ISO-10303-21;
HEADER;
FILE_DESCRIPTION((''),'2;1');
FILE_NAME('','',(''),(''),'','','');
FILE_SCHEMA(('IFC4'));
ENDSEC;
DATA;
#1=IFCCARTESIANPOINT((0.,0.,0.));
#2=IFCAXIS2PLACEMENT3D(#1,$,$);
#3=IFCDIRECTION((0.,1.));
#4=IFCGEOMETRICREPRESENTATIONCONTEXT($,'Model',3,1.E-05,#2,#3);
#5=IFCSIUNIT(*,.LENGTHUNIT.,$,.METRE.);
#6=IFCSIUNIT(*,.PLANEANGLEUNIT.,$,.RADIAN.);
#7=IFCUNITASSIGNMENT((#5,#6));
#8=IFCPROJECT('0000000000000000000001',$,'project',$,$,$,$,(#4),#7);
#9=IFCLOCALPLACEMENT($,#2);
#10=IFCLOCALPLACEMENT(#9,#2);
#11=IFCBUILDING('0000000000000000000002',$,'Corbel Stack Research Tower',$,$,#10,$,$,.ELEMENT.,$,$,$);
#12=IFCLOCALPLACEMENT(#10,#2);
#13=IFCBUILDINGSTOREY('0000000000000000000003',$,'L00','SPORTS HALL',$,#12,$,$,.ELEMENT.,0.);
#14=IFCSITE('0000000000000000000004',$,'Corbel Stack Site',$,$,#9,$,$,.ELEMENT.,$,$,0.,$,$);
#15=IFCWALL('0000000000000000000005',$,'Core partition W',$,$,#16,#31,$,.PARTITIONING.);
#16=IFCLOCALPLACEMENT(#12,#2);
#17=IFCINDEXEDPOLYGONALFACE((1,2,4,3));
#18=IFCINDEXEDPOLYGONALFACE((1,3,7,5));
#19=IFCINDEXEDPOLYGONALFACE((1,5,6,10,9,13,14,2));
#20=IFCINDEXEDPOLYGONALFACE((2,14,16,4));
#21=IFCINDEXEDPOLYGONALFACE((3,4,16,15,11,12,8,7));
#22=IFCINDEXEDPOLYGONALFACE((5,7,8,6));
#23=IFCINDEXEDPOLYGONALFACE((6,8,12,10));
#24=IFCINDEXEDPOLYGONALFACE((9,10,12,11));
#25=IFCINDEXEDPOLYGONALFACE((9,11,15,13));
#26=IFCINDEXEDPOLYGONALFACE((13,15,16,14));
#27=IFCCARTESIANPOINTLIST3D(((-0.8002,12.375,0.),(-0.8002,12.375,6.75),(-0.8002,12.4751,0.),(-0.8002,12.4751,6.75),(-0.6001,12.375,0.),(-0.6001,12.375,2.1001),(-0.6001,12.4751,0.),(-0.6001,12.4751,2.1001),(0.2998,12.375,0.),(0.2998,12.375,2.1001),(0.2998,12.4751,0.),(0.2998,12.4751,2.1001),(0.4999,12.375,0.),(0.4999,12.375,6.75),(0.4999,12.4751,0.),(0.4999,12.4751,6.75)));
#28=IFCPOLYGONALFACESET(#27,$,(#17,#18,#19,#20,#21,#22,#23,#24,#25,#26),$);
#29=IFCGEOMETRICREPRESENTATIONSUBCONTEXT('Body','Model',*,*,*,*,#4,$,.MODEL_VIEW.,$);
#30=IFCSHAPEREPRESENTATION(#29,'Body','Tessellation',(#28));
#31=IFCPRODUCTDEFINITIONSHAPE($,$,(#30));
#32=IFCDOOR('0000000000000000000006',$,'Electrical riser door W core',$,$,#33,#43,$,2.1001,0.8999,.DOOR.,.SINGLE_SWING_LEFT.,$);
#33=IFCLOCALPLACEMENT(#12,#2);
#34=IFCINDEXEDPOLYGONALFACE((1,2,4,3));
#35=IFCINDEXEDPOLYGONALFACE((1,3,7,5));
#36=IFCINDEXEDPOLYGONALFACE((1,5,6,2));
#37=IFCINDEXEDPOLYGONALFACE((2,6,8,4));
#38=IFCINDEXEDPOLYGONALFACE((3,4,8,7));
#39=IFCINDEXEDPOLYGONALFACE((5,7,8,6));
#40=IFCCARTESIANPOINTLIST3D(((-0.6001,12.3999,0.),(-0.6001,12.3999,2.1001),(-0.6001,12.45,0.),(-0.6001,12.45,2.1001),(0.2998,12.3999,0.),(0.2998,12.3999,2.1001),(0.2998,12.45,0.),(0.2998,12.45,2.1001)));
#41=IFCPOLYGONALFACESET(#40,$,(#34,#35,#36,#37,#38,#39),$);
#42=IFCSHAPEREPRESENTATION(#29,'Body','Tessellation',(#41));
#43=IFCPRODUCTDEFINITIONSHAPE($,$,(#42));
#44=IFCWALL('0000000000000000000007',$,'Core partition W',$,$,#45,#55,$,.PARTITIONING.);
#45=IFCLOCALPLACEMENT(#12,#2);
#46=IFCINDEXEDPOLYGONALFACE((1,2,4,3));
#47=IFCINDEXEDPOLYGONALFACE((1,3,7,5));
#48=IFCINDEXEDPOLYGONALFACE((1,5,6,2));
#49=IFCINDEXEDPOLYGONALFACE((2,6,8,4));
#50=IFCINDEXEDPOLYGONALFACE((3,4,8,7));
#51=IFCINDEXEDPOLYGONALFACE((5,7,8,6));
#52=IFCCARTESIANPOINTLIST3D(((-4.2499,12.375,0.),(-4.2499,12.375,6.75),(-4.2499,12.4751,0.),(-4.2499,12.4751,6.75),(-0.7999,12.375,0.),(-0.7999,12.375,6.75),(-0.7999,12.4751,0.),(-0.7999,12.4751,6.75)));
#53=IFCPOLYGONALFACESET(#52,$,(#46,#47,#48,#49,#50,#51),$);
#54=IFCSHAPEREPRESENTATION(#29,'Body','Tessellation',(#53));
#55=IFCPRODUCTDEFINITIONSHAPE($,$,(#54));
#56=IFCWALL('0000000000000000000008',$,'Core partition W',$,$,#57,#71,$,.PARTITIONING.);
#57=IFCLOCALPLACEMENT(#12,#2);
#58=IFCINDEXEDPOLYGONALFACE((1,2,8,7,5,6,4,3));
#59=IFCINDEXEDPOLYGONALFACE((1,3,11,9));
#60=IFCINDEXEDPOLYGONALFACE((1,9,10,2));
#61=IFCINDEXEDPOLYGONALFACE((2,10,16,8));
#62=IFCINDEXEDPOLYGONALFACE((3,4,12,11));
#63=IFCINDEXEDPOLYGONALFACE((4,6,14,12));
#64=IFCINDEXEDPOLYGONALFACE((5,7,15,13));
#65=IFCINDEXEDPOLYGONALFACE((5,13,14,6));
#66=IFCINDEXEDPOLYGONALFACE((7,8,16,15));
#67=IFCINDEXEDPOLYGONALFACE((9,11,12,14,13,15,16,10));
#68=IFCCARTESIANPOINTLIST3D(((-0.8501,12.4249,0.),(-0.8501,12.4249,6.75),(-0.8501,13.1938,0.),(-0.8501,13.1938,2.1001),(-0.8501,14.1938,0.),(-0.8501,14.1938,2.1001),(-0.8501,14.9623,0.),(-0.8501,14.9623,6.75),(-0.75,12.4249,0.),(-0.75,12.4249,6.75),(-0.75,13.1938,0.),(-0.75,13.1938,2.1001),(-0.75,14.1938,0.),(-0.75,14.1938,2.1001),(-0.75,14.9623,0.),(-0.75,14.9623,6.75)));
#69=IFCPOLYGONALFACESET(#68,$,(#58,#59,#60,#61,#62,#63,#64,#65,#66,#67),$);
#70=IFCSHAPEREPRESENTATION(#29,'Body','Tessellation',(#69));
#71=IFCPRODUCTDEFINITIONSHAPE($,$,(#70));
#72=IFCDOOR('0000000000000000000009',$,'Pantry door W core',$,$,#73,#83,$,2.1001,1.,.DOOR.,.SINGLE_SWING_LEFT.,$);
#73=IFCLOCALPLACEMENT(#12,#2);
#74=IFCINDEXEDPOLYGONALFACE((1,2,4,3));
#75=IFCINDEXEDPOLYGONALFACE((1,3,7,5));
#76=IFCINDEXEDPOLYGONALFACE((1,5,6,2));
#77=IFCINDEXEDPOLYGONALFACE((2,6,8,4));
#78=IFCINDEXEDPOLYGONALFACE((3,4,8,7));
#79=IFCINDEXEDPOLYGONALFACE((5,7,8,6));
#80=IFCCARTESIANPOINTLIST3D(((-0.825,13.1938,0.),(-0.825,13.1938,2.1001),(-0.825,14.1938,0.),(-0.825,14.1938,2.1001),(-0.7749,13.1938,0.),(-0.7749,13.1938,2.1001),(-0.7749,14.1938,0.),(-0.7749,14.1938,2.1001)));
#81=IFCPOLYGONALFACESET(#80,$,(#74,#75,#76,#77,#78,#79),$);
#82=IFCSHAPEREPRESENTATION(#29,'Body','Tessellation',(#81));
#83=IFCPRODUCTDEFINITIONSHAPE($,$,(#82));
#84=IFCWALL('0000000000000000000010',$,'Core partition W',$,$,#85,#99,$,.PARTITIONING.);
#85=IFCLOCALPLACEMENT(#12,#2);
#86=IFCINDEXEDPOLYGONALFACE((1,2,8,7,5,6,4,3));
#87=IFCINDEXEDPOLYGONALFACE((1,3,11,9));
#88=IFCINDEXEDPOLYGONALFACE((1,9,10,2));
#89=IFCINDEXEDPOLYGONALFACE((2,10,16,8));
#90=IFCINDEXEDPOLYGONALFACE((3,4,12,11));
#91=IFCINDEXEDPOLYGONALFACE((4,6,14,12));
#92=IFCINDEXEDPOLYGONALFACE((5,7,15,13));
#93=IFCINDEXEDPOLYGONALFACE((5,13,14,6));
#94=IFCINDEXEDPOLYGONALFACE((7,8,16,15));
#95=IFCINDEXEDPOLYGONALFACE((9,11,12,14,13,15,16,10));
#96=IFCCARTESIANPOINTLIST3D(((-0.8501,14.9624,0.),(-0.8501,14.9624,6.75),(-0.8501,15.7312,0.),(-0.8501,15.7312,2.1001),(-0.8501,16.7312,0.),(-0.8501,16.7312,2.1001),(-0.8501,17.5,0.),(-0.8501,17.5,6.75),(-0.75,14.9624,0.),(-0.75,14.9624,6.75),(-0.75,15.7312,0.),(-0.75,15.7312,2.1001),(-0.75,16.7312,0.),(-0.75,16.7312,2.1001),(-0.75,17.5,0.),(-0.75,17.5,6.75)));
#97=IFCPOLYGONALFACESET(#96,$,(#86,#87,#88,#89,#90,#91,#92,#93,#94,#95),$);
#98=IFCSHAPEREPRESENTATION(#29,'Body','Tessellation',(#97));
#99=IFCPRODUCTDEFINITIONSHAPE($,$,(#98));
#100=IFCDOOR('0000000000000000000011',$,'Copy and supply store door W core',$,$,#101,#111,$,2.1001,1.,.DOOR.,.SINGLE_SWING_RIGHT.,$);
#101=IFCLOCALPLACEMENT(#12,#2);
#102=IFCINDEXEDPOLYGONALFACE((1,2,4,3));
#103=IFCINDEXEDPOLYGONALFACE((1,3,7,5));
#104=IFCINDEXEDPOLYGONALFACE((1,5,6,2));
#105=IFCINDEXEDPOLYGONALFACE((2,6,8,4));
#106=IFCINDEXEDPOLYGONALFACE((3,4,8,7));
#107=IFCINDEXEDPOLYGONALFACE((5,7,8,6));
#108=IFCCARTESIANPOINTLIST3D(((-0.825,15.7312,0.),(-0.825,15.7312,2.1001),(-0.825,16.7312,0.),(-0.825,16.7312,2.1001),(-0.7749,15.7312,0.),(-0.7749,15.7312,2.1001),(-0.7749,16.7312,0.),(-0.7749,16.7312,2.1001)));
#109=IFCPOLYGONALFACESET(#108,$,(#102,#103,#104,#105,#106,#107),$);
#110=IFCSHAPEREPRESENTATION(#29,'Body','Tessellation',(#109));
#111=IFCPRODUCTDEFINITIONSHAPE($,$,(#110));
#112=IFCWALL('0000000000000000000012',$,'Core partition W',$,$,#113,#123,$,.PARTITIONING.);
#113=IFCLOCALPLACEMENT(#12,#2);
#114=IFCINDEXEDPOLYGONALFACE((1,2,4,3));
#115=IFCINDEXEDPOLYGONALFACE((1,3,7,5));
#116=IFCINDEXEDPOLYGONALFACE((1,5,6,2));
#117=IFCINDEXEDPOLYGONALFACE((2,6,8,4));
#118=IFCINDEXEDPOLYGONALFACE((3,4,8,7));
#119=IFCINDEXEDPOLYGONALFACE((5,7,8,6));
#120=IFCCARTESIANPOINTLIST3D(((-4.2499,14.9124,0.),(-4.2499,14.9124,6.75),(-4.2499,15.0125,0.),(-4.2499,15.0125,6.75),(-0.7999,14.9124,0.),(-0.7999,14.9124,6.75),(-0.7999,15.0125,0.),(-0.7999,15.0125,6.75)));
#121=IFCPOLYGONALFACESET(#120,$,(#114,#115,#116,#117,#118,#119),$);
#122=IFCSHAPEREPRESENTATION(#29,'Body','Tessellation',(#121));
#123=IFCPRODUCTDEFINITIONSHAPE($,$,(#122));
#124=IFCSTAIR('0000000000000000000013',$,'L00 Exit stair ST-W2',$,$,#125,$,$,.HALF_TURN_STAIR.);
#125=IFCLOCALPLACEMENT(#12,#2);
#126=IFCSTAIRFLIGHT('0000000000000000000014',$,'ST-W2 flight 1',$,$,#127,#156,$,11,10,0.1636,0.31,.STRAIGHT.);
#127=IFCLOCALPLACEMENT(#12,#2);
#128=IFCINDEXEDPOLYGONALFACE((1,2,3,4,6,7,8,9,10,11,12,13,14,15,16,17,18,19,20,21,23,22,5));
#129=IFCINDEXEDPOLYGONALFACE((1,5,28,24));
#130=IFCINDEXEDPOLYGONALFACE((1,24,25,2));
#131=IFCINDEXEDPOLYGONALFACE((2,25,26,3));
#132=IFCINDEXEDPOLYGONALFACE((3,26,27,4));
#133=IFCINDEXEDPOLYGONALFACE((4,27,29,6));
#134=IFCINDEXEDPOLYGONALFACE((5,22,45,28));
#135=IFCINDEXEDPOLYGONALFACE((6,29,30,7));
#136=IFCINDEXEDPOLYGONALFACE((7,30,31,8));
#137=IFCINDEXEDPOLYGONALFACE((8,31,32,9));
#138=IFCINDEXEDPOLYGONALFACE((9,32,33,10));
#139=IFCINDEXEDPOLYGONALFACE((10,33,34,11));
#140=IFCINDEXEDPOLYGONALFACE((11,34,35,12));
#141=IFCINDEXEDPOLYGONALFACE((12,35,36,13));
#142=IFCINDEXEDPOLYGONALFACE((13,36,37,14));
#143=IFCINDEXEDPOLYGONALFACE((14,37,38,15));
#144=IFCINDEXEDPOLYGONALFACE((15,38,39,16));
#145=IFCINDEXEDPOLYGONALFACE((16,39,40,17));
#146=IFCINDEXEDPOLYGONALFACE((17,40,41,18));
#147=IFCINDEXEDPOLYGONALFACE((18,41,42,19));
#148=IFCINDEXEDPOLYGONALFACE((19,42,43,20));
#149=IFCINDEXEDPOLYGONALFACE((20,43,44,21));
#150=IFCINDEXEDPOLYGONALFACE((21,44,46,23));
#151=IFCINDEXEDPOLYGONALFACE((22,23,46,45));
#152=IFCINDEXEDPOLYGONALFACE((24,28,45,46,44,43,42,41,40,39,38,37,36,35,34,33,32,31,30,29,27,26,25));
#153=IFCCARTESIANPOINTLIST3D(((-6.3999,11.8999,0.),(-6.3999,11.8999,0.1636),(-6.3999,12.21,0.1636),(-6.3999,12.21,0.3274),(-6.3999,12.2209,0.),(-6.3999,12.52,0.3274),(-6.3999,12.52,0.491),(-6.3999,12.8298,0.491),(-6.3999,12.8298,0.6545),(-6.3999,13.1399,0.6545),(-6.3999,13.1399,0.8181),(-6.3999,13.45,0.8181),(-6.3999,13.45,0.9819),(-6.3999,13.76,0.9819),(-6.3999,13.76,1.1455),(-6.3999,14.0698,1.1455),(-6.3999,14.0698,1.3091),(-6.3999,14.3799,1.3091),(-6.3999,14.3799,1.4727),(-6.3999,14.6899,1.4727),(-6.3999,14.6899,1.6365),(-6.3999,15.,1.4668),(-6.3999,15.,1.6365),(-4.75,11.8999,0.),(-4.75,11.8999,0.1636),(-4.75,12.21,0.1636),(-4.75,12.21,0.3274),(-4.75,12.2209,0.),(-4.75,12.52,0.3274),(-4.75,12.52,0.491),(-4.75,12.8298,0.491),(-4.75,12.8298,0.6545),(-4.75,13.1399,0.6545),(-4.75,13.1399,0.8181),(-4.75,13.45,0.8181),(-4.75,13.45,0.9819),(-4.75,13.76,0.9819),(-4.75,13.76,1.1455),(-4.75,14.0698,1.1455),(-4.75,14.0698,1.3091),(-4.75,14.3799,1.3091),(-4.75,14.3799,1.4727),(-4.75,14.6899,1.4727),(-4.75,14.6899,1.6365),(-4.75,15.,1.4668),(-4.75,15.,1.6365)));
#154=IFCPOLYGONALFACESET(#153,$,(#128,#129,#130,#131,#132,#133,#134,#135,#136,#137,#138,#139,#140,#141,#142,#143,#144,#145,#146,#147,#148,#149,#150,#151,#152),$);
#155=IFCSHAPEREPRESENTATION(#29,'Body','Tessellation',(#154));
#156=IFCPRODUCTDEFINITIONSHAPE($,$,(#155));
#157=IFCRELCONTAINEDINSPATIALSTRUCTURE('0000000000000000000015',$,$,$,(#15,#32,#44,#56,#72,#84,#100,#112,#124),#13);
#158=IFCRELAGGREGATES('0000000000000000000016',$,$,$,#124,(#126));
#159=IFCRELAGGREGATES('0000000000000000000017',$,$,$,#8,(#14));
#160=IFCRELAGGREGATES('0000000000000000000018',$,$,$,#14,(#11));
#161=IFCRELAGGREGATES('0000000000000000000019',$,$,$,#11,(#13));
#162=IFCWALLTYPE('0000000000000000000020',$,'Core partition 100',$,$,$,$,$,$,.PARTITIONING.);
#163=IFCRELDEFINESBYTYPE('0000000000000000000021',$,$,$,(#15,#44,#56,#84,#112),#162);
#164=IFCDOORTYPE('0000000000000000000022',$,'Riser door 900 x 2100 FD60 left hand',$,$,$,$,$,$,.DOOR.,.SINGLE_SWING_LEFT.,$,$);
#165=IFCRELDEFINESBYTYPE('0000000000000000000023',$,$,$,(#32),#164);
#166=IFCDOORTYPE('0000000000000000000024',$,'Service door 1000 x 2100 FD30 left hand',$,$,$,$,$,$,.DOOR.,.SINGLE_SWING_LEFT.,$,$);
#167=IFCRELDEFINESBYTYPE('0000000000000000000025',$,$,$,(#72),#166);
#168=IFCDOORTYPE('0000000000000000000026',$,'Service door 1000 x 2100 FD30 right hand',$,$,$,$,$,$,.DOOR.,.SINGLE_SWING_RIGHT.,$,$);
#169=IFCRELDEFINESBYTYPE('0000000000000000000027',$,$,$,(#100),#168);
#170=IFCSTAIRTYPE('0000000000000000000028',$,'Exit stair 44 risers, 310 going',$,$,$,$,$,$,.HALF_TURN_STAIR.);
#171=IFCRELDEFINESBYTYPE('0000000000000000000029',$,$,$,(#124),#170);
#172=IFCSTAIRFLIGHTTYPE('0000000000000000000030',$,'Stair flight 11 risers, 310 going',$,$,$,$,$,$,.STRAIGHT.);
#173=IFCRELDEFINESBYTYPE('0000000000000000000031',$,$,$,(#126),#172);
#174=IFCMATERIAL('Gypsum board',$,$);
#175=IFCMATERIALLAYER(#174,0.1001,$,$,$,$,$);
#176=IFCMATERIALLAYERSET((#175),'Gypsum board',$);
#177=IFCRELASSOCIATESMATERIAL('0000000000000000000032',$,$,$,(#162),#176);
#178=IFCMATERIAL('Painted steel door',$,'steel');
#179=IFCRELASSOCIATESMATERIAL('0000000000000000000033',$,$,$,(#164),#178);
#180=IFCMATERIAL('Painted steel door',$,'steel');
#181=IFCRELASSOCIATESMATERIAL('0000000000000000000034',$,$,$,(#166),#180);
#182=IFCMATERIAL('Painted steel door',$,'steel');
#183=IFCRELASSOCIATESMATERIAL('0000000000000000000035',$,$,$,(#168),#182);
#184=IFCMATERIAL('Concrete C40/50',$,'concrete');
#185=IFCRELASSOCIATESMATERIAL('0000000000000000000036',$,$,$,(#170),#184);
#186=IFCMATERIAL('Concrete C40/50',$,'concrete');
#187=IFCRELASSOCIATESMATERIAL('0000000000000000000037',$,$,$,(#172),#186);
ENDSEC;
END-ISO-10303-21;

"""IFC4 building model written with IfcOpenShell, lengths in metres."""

from ifc_helpers import new_model, si_unit, direction, frame, frame_2d, origin, place, context, subcontext, project, spatial, polyline, rectangle, outline, extrude, material, layer, layer_set, type_object, element, fill, aggregate, save


model = new_model("IFC4")

# Units and contexts
model_context = context("Model", 3, precision=1e-05, world=origin(), true_north=direction((0.0, 1.0)))
body_context = subcontext(model_context, "Body", "Model", "MODEL_VIEW")
ifc_project = project(units=[si_unit("LENGTHUNIT", "METRE"), si_unit("PLANEANGLEUNIT", "RADIAN")], contexts=[model_context])

# Site, building, storey
site_placement = place(None, origin())
site = spatial("IfcSite", under=ifc_project, at=site_placement, Name="Corbel Stack Site", CompositionType="ELEMENT", RefElevation=0.0)
building_placement = place(site_placement, origin())
building = spatial("IfcBuilding", under=site, at=building_placement, Name="Corbel Stack Research Tower", CompositionType="ELEMENT")
storey_placement = place(building_placement, origin())
storey = spatial("IfcBuildingStorey", under=building, at=storey_placement, Name="L00", Description="SPORTS HALL", CompositionType="ELEMENT", Elevation=0.0)

# Wall, opening, door
ifc_material_1 = material(Name="Gypsum board")
ifc_layer_1 = layer(ifc_material_1, 0.1001)
ifc_layer_set_1 = layer_set([ifc_layer_1], Name="Gypsum board")
wall_type_1 = type_object("IfcWallType", Name="Core partition 100", PredefinedType="PARTITIONING", material=ifc_layer_set_1)
wall_1_placement = place(storey_placement, frame((-0.8, 12.425, 0.0), z_axis=(0.0, 0.0, 1.0), x_axis=(1.0, 0.0, 0.0)))
wall_1 = element("IfcWall", 1, at=wall_1_placement, inside=storey, type_object=wall_type_1, Name="Core partition W", PredefinedType="PARTITIONING", context=body_context, shape_type="SweptSolid", body=[
    extrude(rectangle(XDim=1.3, YDim=0.1001, at=frame_2d((0.6499, 0.0))), origin(), (0.0, 0.0, 1.0), 6.75),
])
opening_1_placement = place(wall_1_placement, frame((0.2, 0.0, 0.0)))
opening_1 = element("IfcOpeningElement", 2, at=opening_1_placement, cuts=wall_1, PredefinedType="OPENING", context=body_context, shape_type="SweptSolid", body=[
    extrude(rectangle(XDim=0.8999, YDim=2.1001, at=frame_2d((0.45, 1.05))), frame((0.0, 0.0601, 0.0), z_axis=(0.0, -1.0, 0.0), x_axis=(1.0, 0.0, 0.0)), (0.0, 0.0, 1.0), 0.1201),
])
ifc_material_2 = material(Name="Painted steel door", Category="steel")
door_type_1 = type_object("IfcDoorType", Name="Riser door 900 x 2100 FD60 left hand", OperationType="SINGLE_SWING_LEFT", PredefinedType="DOOR", material=ifc_material_2)
door_1_placement = place(opening_1_placement, origin())
door_1 = element("IfcDoor", 3, at=door_1_placement, inside=storey, type_object=door_type_1, Name="Electrical riser door W core", OperationType="SINGLE_SWING_LEFT", OverallHeight=2.1001, OverallWidth=0.8999, PredefinedType="DOOR", context=body_context, shape_type="SweptSolid", body=[
    extrude(rectangle(XDim=0.8999, YDim=2.1001, at=frame_2d((0.45, 1.05))), frame((0.0, 0.0249, 0.0), z_axis=(0.0, -1.0, 0.0), x_axis=(1.0, 0.0, 0.0)), (0.0, 0.0, 1.0), 0.05),
])
fill(opening_1, door_1)

# Wall
wall_2_placement = place(storey_placement, frame((-4.25, 12.425, 0.0), z_axis=(0.0, 0.0, 1.0), x_axis=(1.0, 0.0, 0.0)))
element("IfcWall", 4, at=wall_2_placement, inside=storey, type_object=wall_type_1, Name="Core partition W", PredefinedType="PARTITIONING", context=body_context, shape_type="SweptSolid", body=[
    extrude(rectangle(XDim=3.45, YDim=0.1001, at=frame_2d((1.7251, 0.0))), origin(), (0.0, 0.0, 1.0), 6.75),
])

# Walls, openings, doors
wall_3_placement = place(storey_placement, frame((-0.8, 12.425, 0.0), z_axis=(0.0, 0.0, 1.0), x_axis=(0.0, 1.0, 0.0)))
wall_3 = element("IfcWall", 5, at=wall_3_placement, inside=storey, type_object=wall_type_1, Name="Core partition W", PredefinedType="PARTITIONING", context=body_context, shape_type="SweptSolid", body=[
    extrude(rectangle(XDim=2.5374, YDim=0.1001, at=frame_2d((1.2686, 0.0))), origin(), (0.0, 0.0, 1.0), 6.75),
])
opening_2_placement = place(wall_3_placement, frame((0.7688, 0.0, 0.0)))
opening_2 = element("IfcOpeningElement", 6, at=opening_2_placement, cuts=wall_3, PredefinedType="OPENING", context=body_context, shape_type="SweptSolid", body=[
    extrude(rectangle(XDim=1.0, YDim=2.1001, at=frame_2d((0.5, 1.05))), frame((0.0, 0.0601, 0.0), z_axis=(0.0, -1.0, 0.0), x_axis=(1.0, 0.0, 0.0)), (0.0, 0.0, 1.0), 0.1201),
])
ifc_material_3 = material(Name="Painted steel door", Category="steel")
door_type_2 = type_object("IfcDoorType", Name="Service door 1000 x 2100 FD30 left hand", OperationType="SINGLE_SWING_LEFT", PredefinedType="DOOR", material=ifc_material_3)
door_2_placement = place(opening_2_placement, origin())
door_2 = element("IfcDoor", 7, at=door_2_placement, inside=storey, type_object=door_type_2, Name="Pantry door W core", OperationType="SINGLE_SWING_LEFT", OverallHeight=2.1001, OverallWidth=1.0, PredefinedType="DOOR", context=body_context, shape_type="SweptSolid", body=[
    extrude(rectangle(XDim=1.0, YDim=2.1001, at=frame_2d((0.5, 1.05))), frame((0.0, 0.0249, 0.0), z_axis=(0.0, -1.0, 0.0), x_axis=(1.0, 0.0, 0.0)), (0.0, 0.0, 1.0), 0.05),
])
fill(opening_2, door_2)
wall_4_placement = place(storey_placement, frame((-0.8, 14.9624, 0.0), z_axis=(0.0, 0.0, 1.0), x_axis=(0.0, 1.0, 0.0)))
wall_4 = element("IfcWall", 8, at=wall_4_placement, inside=storey, type_object=wall_type_1, Name="Core partition W", PredefinedType="PARTITIONING", context=body_context, shape_type="SweptSolid", body=[
    extrude(rectangle(XDim=2.5376, YDim=0.1001, at=frame_2d((1.2688, 0.0))), origin(), (0.0, 0.0, 1.0), 6.75),
])
opening_3_placement = place(wall_4_placement, frame((0.7688, 0.0, 0.0)))
opening_3 = element("IfcOpeningElement", 9, at=opening_3_placement, cuts=wall_4, PredefinedType="OPENING", context=body_context, shape_type="SweptSolid", body=[
    extrude(rectangle(XDim=1.0, YDim=2.1001, at=frame_2d((0.5, 1.05))), frame((0.0, 0.0601, 0.0), z_axis=(0.0, -1.0, 0.0), x_axis=(1.0, 0.0, 0.0)), (0.0, 0.0, 1.0), 0.1201),
])
ifc_material_4 = material(Name="Painted steel door", Category="steel")
door_type_3 = type_object("IfcDoorType", Name="Service door 1000 x 2100 FD30 right hand", OperationType="SINGLE_SWING_RIGHT", PredefinedType="DOOR", material=ifc_material_4)
door_3_placement = place(opening_3_placement, origin())
door_3 = element("IfcDoor", 10, at=door_3_placement, inside=storey, type_object=door_type_3, Name="Copy and supply store door W core", OperationType="SINGLE_SWING_RIGHT", OverallHeight=2.1001, OverallWidth=1.0, PredefinedType="DOOR", context=body_context, shape_type="SweptSolid", body=[
    extrude(rectangle(XDim=1.0, YDim=2.1001, at=frame_2d((0.5, 1.05))), frame((0.0, 0.0249, 0.0), z_axis=(0.0, -1.0, 0.0), x_axis=(1.0, 0.0, 0.0)), (0.0, 0.0, 1.0), 0.05),
])
fill(opening_3, door_3)

# Wall
wall_5_placement = place(storey_placement, frame((-4.25, 14.9624, 0.0), z_axis=(0.0, 0.0, 1.0), x_axis=(1.0, 0.0, 0.0)))
element("IfcWall", 11, at=wall_5_placement, inside=storey, type_object=wall_type_1, Name="Core partition W", PredefinedType="PARTITIONING", context=body_context, shape_type="SweptSolid", body=[
    extrude(rectangle(XDim=3.45, YDim=0.1001, at=frame_2d((1.7251, 0.0))), origin(), (0.0, 0.0, 1.0), 6.75),
])

# Stair, stair flight
ifc_material_5 = material(Name="Concrete C40/50", Category="concrete")
stair_type = type_object("IfcStairType", Name="Exit stair 44 risers, 310 going", PredefinedType="HALF_TURN_STAIR", material=ifc_material_5)
stair_placement = place(storey_placement, origin())
stair = element("IfcStair", 12, at=stair_placement, inside=storey, type_object=stair_type, Name="L00 Exit stair ST-W2", PredefinedType="HALF_TURN_STAIR")
ifc_material_6 = material(Name="Concrete C40/50", Category="concrete")
stair_flight_type = type_object("IfcStairFlightType", Name="Stair flight 11 risers, 310 going", PredefinedType="STRAIGHT", material=ifc_material_6)
stair_flight_1_placement = place(storey_placement, frame((-5.575, 11.8999, 0.0), z_axis=(0.0, 0.0, 1.0), x_axis=(0.0, 1.0, 0.0)))
stair_flight_1 = element("IfcStairFlight", 13, at=stair_flight_1_placement, type_object=stair_flight_type, Name="ST-W2 flight 1", NumberOfRisers=11, NumberOfTreads=10, PredefinedType="STRAIGHT", RiserHeight=0.1636, TreadLength=0.31, context=body_context, shape_type="SweptSolid", body=[
    extrude(outline(polyline([(0.0, 0.0), (0.0, 0.1636), (0.3101, 0.1636), (0.3101, 0.3274), (0.6201, 0.3274), (0.6201, 0.491), (0.9299, 0.491), (0.9299, 0.6545), (1.24, 0.6545), (1.24, 0.8181), (1.55, 0.8181), (1.55, 0.9819), (1.8601, 0.9819), (1.8601, 1.1455), (2.1699, 1.1455), (2.1699, 1.3091), (2.48, 1.3091), (2.48, 1.4727), (2.79, 1.4727), (2.79, 1.6365), (3.1001, 1.6365), (3.1001, 1.8), (3.1001, 1.4668), (0.321, 0.0), (0.0, 0.0)])), frame((0.0, 0.825, 0.0), z_axis=(0.0, -1.0, 0.0), x_axis=(1.0, 0.0, 0.0)), (0.0, 0.0, 1.0), 1.6499),
])
aggregate(stair, [stair_flight_1])

save(model, "model.ifc")
